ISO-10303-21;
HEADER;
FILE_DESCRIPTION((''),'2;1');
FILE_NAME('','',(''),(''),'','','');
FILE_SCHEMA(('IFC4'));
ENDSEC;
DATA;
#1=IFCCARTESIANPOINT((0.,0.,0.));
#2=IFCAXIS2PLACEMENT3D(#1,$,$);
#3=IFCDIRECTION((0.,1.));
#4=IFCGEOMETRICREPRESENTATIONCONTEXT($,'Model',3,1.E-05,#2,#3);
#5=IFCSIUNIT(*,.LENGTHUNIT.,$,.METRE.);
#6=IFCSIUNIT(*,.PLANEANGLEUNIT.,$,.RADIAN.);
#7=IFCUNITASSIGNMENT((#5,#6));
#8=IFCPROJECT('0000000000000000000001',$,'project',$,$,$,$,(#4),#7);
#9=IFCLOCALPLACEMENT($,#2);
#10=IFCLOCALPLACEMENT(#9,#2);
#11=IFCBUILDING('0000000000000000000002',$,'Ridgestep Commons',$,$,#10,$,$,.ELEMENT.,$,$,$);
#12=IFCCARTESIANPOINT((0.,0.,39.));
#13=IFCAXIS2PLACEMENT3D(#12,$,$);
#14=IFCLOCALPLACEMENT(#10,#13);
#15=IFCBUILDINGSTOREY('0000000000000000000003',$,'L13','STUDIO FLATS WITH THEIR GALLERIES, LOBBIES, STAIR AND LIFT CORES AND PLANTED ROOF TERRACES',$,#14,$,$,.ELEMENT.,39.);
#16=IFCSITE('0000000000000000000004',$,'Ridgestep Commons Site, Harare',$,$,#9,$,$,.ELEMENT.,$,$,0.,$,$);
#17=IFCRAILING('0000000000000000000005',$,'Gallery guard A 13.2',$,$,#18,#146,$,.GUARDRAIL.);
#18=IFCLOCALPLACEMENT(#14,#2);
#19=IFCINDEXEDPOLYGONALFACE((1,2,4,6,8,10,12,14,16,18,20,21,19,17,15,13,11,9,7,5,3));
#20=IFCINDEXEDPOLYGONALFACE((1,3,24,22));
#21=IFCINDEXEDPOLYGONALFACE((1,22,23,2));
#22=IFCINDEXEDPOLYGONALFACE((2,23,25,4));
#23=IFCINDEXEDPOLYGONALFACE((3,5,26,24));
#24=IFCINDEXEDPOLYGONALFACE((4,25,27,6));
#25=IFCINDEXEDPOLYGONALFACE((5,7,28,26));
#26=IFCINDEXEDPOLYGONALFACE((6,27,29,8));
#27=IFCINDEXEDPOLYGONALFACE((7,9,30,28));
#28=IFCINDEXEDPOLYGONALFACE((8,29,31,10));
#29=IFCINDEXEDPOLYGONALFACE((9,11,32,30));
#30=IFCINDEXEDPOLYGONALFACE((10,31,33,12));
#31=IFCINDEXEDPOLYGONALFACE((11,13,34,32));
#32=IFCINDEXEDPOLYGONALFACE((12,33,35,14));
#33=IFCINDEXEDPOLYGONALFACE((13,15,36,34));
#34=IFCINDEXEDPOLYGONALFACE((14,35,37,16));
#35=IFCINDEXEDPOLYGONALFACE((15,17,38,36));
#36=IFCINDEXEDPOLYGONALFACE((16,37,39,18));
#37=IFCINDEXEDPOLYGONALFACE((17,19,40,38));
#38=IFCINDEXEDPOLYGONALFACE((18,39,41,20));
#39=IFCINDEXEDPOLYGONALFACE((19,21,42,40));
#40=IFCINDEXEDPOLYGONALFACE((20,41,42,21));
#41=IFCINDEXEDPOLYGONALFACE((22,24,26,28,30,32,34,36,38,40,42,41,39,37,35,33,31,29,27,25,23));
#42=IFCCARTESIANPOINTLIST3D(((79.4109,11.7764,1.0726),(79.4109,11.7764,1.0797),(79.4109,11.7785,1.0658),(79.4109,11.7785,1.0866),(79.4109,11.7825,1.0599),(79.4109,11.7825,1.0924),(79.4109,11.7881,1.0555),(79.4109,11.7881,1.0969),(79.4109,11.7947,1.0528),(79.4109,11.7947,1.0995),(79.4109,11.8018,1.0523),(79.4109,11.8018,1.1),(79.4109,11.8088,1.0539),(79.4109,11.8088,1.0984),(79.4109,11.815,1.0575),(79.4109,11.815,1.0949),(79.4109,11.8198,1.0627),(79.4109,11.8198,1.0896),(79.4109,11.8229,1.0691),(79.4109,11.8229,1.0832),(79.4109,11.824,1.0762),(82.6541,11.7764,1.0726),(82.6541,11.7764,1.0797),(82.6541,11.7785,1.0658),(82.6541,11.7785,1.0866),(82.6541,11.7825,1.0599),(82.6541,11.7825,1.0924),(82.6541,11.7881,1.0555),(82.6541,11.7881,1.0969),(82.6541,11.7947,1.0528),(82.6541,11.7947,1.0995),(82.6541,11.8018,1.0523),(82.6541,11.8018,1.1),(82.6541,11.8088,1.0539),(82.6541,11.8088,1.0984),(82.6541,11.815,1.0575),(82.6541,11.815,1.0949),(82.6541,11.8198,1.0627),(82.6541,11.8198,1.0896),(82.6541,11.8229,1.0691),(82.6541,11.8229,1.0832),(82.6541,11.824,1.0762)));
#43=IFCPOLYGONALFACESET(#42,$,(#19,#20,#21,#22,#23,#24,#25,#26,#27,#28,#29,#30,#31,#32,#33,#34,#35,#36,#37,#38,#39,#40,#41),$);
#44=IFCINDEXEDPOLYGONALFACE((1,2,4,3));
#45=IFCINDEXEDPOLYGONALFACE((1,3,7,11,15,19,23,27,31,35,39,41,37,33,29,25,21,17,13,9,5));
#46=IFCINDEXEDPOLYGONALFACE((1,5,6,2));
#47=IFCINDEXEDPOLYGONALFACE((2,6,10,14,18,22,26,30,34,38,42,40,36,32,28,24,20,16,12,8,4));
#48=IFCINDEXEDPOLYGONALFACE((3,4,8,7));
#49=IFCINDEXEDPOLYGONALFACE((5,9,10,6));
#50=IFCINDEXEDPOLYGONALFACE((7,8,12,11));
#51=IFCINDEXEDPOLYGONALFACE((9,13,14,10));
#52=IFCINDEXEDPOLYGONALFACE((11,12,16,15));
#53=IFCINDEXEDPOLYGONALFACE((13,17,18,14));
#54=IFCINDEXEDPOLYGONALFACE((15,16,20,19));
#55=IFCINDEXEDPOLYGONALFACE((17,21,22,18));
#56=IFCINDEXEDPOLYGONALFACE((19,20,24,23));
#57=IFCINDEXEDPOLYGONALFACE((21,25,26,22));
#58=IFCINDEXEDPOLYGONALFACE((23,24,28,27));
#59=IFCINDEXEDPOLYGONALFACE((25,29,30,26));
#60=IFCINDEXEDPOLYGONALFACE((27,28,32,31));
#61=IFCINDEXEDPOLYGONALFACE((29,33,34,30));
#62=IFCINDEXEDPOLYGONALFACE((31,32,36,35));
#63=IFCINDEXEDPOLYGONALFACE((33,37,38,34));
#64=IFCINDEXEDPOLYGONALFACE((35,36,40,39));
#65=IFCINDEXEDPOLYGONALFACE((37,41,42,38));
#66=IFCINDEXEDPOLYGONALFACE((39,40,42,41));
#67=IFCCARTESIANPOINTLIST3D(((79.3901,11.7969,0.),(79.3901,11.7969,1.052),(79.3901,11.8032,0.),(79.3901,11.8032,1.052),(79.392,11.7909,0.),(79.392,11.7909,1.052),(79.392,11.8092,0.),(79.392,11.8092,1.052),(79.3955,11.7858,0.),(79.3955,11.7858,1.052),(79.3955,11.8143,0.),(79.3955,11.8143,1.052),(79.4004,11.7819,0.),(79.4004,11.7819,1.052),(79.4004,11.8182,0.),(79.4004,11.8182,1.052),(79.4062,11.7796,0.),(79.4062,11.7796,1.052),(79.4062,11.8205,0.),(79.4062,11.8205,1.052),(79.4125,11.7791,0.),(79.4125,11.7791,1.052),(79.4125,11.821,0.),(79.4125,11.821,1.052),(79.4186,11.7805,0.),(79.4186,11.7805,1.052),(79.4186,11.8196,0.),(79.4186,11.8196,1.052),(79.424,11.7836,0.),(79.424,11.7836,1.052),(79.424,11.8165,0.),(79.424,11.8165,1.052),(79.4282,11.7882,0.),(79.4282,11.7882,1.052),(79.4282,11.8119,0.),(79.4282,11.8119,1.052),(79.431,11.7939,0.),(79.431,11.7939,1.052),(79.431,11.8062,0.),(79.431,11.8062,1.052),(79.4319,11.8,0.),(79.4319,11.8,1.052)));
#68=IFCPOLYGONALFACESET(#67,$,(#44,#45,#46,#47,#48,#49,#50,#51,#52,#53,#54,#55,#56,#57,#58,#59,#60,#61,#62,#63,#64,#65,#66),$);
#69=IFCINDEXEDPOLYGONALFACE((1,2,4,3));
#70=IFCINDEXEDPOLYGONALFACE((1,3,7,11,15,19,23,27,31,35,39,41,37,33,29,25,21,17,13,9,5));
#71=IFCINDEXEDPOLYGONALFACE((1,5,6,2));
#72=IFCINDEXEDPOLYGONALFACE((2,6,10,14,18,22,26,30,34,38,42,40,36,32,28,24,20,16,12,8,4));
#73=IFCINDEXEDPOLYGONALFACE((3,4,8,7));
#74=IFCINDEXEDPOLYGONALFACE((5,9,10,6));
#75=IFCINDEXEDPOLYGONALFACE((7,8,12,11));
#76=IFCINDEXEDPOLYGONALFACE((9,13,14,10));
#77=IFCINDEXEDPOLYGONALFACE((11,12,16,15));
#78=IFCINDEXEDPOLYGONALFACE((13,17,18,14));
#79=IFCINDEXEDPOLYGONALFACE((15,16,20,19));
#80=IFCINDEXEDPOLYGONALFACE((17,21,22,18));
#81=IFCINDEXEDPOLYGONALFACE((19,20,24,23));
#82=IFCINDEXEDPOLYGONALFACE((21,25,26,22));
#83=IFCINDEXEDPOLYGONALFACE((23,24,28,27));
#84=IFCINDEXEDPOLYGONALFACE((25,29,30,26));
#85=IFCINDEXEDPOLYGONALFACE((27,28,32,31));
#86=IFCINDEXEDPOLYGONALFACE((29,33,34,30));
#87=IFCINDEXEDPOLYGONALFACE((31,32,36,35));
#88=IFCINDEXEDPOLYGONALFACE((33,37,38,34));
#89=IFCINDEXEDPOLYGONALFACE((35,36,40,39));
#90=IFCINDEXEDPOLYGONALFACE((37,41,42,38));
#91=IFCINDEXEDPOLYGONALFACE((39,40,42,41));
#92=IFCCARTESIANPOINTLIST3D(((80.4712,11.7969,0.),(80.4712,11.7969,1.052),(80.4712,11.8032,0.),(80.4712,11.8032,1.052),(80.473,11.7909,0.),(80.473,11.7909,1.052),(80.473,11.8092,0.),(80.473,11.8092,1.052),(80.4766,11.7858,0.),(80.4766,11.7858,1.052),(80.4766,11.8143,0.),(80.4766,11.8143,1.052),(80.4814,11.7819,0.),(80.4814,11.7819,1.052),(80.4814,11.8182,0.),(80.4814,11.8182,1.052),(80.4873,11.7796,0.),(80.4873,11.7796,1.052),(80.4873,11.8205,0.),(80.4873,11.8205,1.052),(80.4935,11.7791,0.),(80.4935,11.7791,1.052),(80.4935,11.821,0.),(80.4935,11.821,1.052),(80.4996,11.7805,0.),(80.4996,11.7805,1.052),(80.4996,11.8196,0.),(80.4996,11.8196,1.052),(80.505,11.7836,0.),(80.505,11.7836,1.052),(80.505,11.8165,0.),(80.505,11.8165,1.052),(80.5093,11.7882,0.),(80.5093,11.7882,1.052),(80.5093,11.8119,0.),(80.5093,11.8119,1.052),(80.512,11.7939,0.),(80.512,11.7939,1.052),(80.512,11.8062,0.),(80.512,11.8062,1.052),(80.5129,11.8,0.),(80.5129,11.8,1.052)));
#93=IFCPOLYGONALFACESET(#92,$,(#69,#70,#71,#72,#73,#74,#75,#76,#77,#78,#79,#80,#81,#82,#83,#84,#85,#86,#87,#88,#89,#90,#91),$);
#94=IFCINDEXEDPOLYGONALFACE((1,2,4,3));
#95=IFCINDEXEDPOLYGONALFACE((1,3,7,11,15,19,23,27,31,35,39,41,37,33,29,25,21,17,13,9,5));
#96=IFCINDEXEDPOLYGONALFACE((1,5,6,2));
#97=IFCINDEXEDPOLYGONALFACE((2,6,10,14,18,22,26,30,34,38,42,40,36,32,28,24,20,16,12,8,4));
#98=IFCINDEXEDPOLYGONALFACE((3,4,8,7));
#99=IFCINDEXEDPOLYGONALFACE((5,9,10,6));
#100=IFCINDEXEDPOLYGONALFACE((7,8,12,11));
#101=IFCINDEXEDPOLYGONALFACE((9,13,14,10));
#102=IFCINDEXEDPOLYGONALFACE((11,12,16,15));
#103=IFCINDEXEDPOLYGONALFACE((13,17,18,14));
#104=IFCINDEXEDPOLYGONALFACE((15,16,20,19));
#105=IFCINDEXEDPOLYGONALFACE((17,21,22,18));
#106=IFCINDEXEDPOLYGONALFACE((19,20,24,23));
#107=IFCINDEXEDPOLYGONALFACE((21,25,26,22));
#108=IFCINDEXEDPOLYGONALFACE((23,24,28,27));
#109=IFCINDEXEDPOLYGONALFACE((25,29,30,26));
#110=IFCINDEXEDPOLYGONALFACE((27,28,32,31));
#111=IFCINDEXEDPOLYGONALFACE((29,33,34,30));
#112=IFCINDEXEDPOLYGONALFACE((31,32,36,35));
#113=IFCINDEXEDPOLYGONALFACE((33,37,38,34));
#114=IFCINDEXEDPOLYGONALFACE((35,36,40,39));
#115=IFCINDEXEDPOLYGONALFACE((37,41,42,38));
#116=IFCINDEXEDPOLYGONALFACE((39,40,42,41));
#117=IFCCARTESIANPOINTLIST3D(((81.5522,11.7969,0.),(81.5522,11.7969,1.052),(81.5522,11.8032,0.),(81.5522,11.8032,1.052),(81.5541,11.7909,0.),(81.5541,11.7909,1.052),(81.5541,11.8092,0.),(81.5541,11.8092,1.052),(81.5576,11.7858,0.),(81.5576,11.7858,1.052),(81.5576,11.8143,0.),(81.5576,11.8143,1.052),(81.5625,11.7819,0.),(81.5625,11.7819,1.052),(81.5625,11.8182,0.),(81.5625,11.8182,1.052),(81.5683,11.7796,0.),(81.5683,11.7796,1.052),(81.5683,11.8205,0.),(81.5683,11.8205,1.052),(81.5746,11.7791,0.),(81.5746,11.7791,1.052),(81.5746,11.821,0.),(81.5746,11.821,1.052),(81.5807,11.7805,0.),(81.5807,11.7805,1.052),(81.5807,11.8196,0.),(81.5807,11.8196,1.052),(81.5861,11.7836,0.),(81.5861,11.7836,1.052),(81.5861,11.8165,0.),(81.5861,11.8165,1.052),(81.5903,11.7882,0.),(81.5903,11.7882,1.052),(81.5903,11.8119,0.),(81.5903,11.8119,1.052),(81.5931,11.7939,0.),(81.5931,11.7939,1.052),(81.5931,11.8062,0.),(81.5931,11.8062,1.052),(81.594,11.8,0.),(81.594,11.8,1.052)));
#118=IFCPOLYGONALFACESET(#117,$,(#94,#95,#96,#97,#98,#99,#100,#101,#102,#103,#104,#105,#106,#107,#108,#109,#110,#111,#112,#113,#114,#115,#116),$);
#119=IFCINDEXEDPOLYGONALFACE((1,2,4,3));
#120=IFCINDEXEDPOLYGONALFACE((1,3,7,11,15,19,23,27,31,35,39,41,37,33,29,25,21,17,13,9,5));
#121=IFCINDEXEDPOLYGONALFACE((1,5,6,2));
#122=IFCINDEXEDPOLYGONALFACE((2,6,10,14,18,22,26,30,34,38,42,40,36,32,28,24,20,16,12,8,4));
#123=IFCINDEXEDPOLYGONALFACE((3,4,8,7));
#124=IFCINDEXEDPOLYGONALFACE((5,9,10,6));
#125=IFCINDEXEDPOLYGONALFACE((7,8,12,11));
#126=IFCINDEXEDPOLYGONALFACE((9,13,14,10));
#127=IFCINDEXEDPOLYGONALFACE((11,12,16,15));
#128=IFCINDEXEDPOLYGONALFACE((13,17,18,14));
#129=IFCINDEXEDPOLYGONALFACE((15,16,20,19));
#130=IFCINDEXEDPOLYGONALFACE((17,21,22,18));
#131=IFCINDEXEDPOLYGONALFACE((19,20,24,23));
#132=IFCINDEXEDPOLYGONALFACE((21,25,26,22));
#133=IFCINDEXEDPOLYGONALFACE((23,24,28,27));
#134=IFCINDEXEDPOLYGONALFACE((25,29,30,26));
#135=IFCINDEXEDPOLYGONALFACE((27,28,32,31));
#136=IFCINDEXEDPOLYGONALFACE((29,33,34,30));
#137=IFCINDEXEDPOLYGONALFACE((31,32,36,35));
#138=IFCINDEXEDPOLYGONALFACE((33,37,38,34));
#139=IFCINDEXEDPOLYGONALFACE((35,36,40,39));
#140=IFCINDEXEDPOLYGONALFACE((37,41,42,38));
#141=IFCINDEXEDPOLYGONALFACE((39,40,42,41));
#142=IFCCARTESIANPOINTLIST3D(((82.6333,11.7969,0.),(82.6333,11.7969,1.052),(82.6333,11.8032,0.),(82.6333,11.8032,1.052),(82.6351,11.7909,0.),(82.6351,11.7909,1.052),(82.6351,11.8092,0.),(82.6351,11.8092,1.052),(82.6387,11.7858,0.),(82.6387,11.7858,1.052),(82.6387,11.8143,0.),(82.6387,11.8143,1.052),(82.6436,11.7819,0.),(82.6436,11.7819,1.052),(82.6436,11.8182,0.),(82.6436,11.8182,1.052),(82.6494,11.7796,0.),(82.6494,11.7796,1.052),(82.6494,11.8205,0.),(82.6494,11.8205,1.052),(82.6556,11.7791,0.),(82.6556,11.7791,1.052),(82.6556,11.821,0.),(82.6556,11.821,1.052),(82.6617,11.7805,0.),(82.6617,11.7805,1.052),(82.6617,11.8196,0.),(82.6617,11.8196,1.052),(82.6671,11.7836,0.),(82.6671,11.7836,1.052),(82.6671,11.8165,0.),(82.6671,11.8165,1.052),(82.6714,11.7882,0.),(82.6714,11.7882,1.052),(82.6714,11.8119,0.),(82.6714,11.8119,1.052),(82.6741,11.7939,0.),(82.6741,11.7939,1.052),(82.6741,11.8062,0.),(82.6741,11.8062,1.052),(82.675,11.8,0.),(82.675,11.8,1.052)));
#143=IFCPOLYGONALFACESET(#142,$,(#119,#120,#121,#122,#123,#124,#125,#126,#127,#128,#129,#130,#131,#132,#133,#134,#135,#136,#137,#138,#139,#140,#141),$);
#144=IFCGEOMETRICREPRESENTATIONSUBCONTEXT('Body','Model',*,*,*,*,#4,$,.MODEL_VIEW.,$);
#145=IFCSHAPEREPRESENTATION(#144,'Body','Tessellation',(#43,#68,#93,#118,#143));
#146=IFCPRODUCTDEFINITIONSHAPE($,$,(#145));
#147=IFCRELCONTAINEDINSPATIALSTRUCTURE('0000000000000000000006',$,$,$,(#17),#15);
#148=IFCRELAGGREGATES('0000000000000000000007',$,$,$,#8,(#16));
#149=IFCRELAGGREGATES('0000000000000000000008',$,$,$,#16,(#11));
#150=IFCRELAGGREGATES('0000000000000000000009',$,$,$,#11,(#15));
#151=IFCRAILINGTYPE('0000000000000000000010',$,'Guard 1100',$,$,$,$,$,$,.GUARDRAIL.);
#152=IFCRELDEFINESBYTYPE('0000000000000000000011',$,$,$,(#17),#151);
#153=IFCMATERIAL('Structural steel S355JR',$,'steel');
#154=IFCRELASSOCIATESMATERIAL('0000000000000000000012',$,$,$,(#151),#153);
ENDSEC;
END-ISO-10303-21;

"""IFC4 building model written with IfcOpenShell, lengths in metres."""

from ifc_helpers import new_model, si_unit, direction, frame, origin, origin_2d, place, context, subcontext, project, spatial, circle, extrude, material, type_object, element, save


model = new_model("IFC4")

# Units and contexts
model_context = context("Model", 3, precision=1e-05, world=origin(), true_north=direction((0.0, 1.0)))
body_context = subcontext(model_context, "Body", "Model", "MODEL_VIEW")
ifc_project = project(units=[si_unit("LENGTHUNIT", "METRE"), si_unit("PLANEANGLEUNIT", "RADIAN")], contexts=[model_context])

# Site, building, storey
site_placement = place(None, origin())
site = spatial("IfcSite", under=ifc_project, at=site_placement, Name="Ridgestep Commons Site, Harare", CompositionType="ELEMENT", RefElevation=0.0)
building_placement = place(site_placement, origin())
building = spatial("IfcBuilding", under=site, at=building_placement, Name="Ridgestep Commons", CompositionType="ELEMENT")
storey_placement = place(building_placement, frame((0.0, 0.0, 39.0)))
storey = spatial("IfcBuildingStorey", under=building, at=storey_placement, Name="L13", Description="STUDIO FLATS WITH THEIR GALLERIES, LOBBIES, STAIR AND LIFT CORES AND PLANTED ROOF TERRACES", CompositionType="ELEMENT", Elevation=39.0)

# Railing
ifc_material_1 = material(Name="Structural steel S355JR", Category="steel")
railing_type = type_object("IfcRailingType", Name="Guard 1100", PredefinedType="GUARDRAIL", material=ifc_material_1)
railing_1_placement = place(storey_placement, frame((79.4109, 11.8, 0.0)))
element("IfcRailing", 1, at=railing_1_placement, inside=storey, type_object=railing_type, Name="Gallery guard A 13.2", PredefinedType="GUARDRAIL", context=body_context, shape_type="SweptSolid", body=[
    extrude(circle(Radius=0.0239, at=origin_2d()), frame((0.0, 0.0, 1.0762), z_axis=(1.0, 0.0, 0.0), x_axis=(0.0, 1.0, 0.0)), (0.0, 0.0, 1.0), 3.2432),
    extrude(circle(Radius=0.021, at=origin_2d()), origin(), (0.0, 0.0, 1.0), 1.052),
    extrude(circle(Radius=0.021, at=origin_2d()), frame((1.0811, 0.0, 0.0)), (0.0, 0.0, 1.0), 1.052),
    extrude(circle(Radius=0.021, at=origin_2d()), frame((2.1621, 0.0, 0.0)), (0.0, 0.0, 1.0), 1.052),
    extrude(circle(Radius=0.021, at=origin_2d()), frame((3.2432, 0.0, 0.0)), (0.0, 0.0, 1.0), 1.052),
])

save(model, "model.ifc")
